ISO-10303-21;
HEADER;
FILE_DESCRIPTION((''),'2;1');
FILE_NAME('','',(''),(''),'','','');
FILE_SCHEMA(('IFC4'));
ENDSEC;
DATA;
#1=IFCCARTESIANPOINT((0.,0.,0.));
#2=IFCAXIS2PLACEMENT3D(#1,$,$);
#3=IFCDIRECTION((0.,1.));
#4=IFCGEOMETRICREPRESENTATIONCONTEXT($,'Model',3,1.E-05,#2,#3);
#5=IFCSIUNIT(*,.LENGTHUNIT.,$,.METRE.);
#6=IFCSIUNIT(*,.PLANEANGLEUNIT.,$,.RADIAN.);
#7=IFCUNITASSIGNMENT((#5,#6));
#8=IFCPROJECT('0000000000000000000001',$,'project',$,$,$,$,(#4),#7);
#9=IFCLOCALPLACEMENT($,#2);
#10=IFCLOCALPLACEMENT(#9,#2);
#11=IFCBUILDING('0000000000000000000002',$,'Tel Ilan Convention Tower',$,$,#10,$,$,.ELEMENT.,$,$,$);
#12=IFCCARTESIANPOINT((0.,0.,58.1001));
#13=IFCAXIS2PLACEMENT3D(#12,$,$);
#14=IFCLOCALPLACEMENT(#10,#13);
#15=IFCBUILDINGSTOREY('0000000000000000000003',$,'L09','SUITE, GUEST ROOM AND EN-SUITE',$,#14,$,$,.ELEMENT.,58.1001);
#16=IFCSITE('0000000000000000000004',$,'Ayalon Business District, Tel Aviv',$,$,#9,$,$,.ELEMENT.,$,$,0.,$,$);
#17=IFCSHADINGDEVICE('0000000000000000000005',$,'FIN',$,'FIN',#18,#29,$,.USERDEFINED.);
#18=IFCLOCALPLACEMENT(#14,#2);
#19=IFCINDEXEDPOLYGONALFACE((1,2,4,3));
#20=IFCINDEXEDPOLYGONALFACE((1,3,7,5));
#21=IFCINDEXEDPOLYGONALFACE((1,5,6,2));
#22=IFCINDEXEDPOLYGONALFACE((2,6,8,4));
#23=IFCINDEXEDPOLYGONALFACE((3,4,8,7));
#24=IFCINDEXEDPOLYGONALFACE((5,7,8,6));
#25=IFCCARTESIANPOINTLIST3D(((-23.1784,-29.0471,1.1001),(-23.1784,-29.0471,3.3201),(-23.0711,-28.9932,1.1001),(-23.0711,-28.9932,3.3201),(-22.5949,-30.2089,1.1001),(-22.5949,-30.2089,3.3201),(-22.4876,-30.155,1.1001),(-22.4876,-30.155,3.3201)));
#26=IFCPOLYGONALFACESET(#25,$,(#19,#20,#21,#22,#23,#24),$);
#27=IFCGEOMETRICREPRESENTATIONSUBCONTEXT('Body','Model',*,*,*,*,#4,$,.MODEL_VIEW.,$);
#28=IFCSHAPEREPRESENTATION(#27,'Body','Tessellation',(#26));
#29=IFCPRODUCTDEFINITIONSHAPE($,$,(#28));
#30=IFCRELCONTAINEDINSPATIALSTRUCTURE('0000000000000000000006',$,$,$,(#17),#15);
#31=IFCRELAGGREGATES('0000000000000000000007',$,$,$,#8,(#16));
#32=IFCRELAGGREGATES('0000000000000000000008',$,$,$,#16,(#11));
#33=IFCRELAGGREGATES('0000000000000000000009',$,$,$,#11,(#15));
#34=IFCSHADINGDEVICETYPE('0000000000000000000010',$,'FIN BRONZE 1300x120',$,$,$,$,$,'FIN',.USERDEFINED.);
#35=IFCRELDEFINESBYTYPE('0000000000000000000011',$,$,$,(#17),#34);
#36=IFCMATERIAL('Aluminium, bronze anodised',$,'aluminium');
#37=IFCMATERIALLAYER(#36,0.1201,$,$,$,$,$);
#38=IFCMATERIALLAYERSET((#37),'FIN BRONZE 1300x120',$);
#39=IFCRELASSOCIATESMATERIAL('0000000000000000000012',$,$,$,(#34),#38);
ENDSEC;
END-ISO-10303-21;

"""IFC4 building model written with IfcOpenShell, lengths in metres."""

from ifc_helpers import new_model, si_unit, direction, frame, origin, origin_2d, place, context, subcontext, project, spatial, rectangle, extrude, material, layer, layer_set, type_object, element, save


model = new_model("IFC4")

# Units and contexts
model_context = context("Model", 3, precision=1e-05, world=origin(), true_north=direction((0.0, 1.0)))
body_context = subcontext(model_context, "Body", "Model", "MODEL_VIEW")
ifc_project = project(units=[si_unit("LENGTHUNIT", "METRE"), si_unit("PLANEANGLEUNIT", "RADIAN")], contexts=[model_context])

# Site, building, storey
site_placement = place(None, origin())
site = spatial("IfcSite", under=ifc_project, at=site_placement, Name="Ayalon Business District, Tel Aviv", CompositionType="ELEMENT", RefElevation=0.0)
building_placement = place(site_placement, origin())
building = spatial("IfcBuilding", under=site, at=building_placement, Name="Tel Ilan Convention Tower", CompositionType="ELEMENT")
storey_placement = place(building_placement, frame((0.0, 0.0, 58.1001)))
storey = spatial("IfcBuildingStorey", under=building, at=storey_placement, Name="L09", Description="SUITE, GUEST ROOM AND EN-SUITE", CompositionType="ELEMENT", Elevation=58.1001)

# Shading device
ifc_material_1 = material(Name="Aluminium, bronze anodised", Category="aluminium")
ifc_layer_1 = layer(ifc_material_1, 0.1201)
ifc_layer_set_1 = layer_set([ifc_layer_1], Name="FIN BRONZE 1300x120")
shading_device_type = type_object("IfcShadingDeviceType", Name="FIN BRONZE 1300x120", ElementType="FIN", PredefinedType="USERDEFINED", material=ifc_layer_set_1)
for number, where, z_axis, x_axis, name in (
    (1, (-22.833, -29.6011, 1.1001), (0.0, 0.0, 1.0), (0.448799, -0.893633, 0.0), "FIN"),
):
    element("IfcShadingDevice", number, at=place(storey_placement, frame(where, z_axis=z_axis, x_axis=x_axis)), inside=storey, type_object=shading_device_type, Name=name, ObjectType="FIN", PredefinedType="USERDEFINED", context=body_context, shape_type="SweptSolid", body=[
        extrude(rectangle(XDim=1.3, YDim=0.1201, at=origin_2d()), origin(), (0.0, 0.0, 1.0), 2.22),
    ])

save(model, "model.ifc")
